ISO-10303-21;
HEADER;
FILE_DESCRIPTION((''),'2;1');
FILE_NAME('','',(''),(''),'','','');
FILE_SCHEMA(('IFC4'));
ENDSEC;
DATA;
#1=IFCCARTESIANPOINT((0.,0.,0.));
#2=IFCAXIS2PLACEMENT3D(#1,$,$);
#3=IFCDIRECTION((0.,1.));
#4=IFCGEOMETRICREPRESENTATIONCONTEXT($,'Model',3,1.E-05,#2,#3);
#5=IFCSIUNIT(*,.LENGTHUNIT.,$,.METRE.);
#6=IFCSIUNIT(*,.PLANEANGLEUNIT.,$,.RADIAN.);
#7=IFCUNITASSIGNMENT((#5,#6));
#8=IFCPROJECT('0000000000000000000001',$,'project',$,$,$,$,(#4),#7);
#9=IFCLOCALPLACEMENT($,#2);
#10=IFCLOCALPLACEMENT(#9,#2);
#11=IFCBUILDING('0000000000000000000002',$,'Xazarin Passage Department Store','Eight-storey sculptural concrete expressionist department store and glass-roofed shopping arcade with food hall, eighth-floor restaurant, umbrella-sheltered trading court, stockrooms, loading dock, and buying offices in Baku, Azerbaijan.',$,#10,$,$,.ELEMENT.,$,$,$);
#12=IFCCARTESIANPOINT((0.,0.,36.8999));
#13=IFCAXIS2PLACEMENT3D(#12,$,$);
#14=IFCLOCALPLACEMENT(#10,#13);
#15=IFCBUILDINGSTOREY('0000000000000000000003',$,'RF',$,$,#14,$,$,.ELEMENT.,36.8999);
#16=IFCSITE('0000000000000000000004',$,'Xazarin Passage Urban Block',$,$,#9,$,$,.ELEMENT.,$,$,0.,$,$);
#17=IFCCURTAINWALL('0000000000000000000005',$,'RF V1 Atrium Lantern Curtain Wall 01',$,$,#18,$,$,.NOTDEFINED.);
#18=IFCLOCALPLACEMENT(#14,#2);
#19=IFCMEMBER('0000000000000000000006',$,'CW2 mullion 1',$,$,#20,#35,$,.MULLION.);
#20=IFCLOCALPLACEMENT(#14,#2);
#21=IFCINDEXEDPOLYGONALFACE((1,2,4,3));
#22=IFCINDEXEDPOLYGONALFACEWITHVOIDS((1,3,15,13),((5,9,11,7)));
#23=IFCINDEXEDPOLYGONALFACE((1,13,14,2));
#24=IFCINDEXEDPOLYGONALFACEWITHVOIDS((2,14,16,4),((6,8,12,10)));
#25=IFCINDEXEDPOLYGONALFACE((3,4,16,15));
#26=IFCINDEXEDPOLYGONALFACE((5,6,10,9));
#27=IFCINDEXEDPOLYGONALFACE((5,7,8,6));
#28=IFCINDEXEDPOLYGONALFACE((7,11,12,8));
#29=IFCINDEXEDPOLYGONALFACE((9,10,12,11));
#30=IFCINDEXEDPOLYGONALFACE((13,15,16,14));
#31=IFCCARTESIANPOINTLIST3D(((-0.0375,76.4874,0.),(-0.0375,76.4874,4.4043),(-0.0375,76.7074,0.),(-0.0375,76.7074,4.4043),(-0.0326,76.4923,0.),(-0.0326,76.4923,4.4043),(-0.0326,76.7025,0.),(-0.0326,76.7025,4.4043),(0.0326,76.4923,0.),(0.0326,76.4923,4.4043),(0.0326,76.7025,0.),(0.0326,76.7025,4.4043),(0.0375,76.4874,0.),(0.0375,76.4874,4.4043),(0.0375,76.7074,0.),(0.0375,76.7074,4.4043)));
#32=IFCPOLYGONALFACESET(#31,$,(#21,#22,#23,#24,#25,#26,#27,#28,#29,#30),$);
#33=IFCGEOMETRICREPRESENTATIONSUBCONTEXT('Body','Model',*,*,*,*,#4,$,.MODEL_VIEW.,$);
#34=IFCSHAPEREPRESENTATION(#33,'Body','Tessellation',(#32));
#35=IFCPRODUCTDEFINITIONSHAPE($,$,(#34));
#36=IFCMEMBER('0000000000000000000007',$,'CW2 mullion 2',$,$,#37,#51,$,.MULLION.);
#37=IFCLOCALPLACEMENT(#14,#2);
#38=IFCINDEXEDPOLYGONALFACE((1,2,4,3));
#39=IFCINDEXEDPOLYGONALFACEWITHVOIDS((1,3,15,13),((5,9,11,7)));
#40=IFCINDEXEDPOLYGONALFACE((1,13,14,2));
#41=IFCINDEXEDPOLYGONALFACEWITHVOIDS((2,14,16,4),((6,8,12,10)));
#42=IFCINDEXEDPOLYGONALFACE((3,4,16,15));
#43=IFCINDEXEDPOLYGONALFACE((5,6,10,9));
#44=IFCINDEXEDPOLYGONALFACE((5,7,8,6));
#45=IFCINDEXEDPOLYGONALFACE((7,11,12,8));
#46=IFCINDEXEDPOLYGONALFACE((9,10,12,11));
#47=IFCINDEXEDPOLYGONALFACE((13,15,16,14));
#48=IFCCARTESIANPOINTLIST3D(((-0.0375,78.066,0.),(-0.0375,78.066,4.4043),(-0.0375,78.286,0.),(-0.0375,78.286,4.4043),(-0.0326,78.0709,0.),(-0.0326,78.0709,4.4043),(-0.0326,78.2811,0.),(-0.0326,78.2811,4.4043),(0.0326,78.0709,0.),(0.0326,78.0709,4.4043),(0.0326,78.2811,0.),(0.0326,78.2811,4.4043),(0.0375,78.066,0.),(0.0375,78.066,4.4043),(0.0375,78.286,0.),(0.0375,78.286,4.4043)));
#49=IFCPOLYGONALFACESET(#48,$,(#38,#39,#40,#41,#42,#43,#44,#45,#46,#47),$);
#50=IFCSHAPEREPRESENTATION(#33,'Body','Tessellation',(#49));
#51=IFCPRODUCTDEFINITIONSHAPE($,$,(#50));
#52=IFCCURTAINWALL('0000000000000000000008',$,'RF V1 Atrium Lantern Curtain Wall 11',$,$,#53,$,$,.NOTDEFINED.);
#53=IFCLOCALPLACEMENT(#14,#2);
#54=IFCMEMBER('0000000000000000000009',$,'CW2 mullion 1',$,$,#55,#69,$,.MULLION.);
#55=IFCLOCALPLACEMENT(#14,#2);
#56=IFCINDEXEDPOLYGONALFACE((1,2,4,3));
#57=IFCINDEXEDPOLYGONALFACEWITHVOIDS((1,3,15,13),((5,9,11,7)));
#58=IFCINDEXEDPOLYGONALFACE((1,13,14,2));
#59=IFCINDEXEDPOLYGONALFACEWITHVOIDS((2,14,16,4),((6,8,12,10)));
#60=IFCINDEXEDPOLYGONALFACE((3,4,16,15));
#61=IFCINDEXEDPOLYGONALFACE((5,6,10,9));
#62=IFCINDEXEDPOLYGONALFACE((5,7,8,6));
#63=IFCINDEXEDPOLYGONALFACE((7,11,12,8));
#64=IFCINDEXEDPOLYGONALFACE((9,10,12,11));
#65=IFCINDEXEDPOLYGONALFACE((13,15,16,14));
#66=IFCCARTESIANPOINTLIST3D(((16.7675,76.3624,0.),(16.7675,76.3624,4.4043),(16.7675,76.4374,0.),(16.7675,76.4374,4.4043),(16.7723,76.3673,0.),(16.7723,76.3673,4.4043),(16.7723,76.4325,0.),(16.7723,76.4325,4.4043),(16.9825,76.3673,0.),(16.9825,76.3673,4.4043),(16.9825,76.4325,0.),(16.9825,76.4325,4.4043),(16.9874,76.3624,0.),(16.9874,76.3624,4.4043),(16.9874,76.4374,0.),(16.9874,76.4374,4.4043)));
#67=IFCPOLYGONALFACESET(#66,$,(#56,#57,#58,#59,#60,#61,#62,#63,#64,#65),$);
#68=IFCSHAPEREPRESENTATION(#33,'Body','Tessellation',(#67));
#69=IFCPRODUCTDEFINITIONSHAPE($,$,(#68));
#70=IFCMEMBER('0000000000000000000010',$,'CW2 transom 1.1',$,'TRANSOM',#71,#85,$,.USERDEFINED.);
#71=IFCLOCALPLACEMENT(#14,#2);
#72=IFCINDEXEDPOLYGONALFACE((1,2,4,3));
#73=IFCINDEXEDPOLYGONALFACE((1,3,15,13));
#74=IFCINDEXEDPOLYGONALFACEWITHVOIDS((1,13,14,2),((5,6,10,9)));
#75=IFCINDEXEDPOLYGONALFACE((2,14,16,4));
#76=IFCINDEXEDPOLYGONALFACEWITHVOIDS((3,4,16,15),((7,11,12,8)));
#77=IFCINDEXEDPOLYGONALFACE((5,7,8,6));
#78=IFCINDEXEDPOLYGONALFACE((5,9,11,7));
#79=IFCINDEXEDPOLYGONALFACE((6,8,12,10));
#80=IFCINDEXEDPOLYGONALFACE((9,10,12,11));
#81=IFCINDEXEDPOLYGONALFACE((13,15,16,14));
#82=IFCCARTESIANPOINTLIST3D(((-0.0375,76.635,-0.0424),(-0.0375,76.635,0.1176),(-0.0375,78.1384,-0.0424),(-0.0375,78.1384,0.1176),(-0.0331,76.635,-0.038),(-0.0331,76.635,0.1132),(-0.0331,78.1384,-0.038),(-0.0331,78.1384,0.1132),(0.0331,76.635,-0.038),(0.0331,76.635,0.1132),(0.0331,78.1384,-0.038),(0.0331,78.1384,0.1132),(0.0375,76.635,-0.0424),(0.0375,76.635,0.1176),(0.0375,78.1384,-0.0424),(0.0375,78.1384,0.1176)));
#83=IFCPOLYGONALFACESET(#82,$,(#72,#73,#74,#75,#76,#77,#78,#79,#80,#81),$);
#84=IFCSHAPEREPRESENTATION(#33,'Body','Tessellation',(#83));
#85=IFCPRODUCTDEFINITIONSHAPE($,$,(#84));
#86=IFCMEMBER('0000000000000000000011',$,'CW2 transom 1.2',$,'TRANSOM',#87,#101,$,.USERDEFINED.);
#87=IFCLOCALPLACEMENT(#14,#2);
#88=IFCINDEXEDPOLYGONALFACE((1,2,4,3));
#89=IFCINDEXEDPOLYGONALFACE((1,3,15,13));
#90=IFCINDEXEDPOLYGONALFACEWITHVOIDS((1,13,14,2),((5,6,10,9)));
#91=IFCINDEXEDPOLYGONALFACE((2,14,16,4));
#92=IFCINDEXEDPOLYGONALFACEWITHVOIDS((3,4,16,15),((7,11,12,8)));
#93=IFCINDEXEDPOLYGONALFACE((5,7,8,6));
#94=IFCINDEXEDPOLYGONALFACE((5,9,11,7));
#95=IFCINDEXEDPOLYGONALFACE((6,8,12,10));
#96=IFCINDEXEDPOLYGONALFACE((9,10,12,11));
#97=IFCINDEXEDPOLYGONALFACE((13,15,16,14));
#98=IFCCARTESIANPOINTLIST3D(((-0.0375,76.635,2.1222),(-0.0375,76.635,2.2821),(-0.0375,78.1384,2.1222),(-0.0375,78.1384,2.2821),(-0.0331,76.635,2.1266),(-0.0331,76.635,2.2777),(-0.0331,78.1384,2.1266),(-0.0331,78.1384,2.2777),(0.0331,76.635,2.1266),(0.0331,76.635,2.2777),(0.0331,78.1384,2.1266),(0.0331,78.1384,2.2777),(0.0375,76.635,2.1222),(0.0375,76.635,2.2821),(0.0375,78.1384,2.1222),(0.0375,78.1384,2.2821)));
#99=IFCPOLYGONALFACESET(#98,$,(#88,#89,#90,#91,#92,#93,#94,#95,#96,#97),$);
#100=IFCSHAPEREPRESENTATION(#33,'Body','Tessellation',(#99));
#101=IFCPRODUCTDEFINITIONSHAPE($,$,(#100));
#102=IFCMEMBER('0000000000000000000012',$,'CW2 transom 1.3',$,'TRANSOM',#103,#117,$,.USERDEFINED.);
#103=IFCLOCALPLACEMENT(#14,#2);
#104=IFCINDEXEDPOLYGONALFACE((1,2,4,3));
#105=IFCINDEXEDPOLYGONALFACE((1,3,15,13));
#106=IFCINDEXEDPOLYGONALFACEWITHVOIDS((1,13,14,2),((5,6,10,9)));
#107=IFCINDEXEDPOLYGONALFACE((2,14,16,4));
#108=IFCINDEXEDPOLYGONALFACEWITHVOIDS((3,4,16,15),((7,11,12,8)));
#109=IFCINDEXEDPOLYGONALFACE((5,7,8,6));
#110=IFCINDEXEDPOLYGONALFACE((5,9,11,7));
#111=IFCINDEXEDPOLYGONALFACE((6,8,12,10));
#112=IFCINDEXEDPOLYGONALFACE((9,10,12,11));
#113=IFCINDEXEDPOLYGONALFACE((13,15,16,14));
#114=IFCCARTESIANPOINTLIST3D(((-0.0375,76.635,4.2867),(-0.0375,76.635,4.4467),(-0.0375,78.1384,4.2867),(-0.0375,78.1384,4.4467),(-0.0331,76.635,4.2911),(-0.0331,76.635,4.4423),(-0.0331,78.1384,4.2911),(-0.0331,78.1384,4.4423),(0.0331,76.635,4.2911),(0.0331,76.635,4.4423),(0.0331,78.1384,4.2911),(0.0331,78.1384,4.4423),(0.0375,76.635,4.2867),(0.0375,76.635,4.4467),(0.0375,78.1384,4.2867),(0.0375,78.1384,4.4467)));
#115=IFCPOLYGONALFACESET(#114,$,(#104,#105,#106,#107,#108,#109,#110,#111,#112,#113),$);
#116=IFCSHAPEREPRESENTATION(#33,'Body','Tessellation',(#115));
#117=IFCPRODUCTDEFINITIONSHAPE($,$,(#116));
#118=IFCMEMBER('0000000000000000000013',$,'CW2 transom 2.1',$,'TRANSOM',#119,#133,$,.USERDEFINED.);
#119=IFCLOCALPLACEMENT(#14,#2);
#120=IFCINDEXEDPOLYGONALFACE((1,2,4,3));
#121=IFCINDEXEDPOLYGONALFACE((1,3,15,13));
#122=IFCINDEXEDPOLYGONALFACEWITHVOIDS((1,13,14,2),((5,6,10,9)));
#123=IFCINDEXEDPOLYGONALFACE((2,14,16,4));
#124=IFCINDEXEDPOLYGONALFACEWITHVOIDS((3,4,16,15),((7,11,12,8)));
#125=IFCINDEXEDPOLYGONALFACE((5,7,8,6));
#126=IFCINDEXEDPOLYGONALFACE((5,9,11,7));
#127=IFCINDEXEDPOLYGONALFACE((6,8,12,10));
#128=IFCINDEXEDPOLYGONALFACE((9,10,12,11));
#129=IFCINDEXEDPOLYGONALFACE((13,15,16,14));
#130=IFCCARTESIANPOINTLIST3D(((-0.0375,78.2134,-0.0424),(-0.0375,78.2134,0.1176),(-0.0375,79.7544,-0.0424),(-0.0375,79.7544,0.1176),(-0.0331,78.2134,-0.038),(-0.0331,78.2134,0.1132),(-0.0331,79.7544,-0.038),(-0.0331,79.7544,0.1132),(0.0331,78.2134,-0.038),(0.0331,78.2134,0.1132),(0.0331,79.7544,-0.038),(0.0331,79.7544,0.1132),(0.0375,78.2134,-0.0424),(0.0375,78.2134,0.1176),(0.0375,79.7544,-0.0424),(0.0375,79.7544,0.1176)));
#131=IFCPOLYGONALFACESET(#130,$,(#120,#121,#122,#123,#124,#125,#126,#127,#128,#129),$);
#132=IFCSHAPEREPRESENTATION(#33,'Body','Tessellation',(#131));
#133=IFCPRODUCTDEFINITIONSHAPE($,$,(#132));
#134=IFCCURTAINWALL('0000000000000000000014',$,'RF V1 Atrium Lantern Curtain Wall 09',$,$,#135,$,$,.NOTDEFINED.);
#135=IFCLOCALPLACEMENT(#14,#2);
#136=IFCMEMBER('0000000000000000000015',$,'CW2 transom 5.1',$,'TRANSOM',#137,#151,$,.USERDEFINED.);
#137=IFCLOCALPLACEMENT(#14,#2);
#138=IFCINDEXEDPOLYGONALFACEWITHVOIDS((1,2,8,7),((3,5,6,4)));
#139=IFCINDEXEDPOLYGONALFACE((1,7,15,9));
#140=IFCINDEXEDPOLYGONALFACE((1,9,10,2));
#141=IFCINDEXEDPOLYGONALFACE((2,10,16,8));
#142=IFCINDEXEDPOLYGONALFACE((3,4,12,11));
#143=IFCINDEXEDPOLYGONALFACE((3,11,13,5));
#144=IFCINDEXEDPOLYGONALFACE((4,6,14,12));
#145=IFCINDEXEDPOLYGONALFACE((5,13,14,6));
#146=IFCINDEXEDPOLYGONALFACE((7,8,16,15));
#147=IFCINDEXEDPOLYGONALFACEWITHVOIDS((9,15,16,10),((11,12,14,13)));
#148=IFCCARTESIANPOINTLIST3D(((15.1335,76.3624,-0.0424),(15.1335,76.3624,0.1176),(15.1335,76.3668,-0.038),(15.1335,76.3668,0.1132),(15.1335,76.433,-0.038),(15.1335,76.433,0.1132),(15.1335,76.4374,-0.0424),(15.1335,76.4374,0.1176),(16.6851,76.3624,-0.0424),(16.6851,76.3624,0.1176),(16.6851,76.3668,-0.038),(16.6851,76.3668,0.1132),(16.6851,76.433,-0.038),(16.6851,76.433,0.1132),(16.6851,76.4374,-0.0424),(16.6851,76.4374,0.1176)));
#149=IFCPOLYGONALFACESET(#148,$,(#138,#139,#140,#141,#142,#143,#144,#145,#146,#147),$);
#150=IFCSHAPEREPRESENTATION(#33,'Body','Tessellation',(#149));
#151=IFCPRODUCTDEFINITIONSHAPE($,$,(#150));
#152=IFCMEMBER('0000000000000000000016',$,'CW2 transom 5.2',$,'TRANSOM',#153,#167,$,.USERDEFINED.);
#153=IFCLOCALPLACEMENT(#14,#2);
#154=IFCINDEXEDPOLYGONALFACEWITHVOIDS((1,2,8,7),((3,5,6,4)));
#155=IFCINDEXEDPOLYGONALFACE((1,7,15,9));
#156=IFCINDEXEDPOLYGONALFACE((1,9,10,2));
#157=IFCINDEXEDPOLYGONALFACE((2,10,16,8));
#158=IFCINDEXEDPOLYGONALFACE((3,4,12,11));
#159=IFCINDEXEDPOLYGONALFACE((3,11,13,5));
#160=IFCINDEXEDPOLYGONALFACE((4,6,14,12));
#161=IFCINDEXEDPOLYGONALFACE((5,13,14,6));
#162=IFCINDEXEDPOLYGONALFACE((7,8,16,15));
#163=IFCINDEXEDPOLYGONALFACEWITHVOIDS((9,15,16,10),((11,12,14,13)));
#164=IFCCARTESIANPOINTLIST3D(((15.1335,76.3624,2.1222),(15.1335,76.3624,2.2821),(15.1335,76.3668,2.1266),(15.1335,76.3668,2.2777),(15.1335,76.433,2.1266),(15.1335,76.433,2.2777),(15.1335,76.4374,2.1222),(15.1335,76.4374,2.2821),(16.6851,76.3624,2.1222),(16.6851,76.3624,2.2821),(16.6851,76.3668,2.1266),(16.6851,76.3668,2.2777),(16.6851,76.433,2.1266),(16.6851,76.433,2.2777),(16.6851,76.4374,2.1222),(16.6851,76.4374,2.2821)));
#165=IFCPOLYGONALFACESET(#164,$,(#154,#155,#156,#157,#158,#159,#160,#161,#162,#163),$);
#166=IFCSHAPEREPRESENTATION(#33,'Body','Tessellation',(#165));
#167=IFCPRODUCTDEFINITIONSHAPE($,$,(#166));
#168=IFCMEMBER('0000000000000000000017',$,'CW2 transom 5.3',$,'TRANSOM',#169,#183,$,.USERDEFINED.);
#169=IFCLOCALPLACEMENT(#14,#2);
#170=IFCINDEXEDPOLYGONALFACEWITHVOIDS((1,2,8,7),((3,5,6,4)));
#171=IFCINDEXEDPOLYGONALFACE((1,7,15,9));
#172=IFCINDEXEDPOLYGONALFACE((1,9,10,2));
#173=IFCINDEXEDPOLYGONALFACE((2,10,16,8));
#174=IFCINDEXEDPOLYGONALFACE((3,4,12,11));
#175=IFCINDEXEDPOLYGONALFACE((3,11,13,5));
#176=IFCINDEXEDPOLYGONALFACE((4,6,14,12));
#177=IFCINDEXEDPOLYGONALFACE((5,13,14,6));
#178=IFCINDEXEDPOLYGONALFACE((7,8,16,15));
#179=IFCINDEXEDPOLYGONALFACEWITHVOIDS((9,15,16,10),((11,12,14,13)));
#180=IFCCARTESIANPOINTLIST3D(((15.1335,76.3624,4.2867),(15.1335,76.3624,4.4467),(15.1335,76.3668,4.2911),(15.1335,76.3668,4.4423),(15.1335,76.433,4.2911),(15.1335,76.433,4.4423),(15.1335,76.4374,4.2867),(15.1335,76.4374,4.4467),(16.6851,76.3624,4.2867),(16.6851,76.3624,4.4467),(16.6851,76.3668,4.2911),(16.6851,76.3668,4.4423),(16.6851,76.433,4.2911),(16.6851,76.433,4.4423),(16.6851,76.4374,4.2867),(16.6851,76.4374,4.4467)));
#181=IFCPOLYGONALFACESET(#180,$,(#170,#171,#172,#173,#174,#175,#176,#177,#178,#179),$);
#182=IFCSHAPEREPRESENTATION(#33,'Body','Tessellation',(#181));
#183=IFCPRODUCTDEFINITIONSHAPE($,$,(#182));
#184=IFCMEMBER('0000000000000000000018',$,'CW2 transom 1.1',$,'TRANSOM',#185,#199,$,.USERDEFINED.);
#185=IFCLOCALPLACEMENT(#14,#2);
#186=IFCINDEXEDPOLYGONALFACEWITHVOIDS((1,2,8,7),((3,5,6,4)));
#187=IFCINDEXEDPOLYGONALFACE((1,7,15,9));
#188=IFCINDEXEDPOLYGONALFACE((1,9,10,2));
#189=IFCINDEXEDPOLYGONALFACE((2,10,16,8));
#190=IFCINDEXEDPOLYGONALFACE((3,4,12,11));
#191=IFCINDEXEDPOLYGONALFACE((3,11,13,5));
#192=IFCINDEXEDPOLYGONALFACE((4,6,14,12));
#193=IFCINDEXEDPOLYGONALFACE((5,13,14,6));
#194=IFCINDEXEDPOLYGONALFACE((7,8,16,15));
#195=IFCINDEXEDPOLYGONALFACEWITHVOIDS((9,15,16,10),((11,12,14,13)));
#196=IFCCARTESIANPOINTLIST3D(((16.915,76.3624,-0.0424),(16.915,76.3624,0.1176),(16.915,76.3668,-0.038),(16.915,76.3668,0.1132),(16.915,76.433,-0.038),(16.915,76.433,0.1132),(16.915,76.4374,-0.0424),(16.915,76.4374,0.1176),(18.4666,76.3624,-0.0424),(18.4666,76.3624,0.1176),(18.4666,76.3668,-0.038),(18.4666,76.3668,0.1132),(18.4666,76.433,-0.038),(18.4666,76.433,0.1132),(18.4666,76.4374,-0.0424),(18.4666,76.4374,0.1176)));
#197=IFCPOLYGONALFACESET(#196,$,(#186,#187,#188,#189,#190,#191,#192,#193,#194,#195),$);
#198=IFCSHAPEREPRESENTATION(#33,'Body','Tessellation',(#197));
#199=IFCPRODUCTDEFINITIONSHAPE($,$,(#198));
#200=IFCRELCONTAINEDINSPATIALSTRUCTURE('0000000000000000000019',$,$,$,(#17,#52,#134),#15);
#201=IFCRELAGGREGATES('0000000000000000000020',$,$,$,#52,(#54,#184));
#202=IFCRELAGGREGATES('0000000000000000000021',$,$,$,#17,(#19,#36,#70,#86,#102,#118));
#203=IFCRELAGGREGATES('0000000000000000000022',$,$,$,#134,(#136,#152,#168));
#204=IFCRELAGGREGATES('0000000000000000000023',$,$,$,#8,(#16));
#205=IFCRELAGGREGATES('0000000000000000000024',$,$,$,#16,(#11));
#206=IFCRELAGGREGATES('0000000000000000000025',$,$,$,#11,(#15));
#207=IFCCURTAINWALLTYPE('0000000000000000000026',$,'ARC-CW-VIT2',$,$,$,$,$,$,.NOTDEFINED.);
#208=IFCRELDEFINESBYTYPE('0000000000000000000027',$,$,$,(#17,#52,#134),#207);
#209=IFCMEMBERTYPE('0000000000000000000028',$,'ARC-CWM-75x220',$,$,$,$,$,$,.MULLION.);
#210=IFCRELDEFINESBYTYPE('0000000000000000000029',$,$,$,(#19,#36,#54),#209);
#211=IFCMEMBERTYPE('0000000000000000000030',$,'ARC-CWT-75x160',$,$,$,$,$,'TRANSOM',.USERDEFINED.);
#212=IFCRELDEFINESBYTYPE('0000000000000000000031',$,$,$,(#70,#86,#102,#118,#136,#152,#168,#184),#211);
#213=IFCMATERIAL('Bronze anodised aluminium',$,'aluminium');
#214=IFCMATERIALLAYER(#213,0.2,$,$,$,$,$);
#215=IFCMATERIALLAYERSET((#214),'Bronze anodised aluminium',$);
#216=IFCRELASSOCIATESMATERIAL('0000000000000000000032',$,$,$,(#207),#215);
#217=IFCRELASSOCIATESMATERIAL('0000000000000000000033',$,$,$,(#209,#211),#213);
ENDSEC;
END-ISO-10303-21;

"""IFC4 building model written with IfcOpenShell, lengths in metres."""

from ifc_helpers import new_model, si_unit, direction, frame, origin, origin_2d, place, context, subcontext, project, spatial, hollow_rectangle, extrude, material, layer, layer_set, material_profile, profile_set, type_object, element, aggregate, save


model = new_model("IFC4")

# Units and contexts
model_context = context("Model", 3, precision=1e-05, world=origin(), true_north=direction((0.0, 1.0)))
body_context = subcontext(model_context, "Body", "Model", "MODEL_VIEW")
ifc_project = project(units=[si_unit("LENGTHUNIT", "METRE"), si_unit("PLANEANGLEUNIT", "RADIAN")], contexts=[model_context])

# Site, building, storey
site_placement = place(None, origin())
site = spatial("IfcSite", under=ifc_project, at=site_placement, Name="Xazarin Passage Urban Block", CompositionType="ELEMENT", RefElevation=0.0)
building_placement = place(site_placement, origin())
building = spatial("IfcBuilding", under=site, at=building_placement, Name="Xazarin Passage Department Store", Description="Eight-storey sculptural concrete expressionist department store and glass-roofed shopping arcade with food hall, eighth-floor restaurant, umbrella-sheltered trading court, stockrooms, loading dock, and buying offices in Baku, Azerbaijan.", CompositionType="ELEMENT")
storey_placement = place(building_placement, frame((0.0, 0.0, 36.8999)))
storey = spatial("IfcBuildingStorey", under=building, at=storey_placement, Name="RF", CompositionType="ELEMENT", Elevation=36.8999)

# Curtain wall, members
ifc_material_1 = material(Name="Bronze anodised aluminium", Category="aluminium")
ifc_layer_1 = layer(ifc_material_1, 0.2)
ifc_layer_set_1 = layer_set([ifc_layer_1], Name="Bronze anodised aluminium")
curtain_wall_type = type_object("IfcCurtainWallType", Name="ARC-CW-VIT2", PredefinedType="NOTDEFINED", material=ifc_layer_set_1)
curtain_wall_1_placement = place(storey_placement, origin())
curtain_wall_1 = element("IfcCurtainWall", 1, at=curtain_wall_1_placement, inside=storey, type_object=curtain_wall_type, Name="RF V1 Atrium Lantern Curtain Wall 01", PredefinedType="NOTDEFINED")
ifc_material_profile_1 = material_profile(ifc_material_1, hollow_rectangle(XDim=0.075, YDim=0.22, WallThickness=0.0049, at=origin_2d()), Name="ALU 75x220")
ifc_profile_set_1 = profile_set([ifc_material_profile_1], Name="Bronze anodised aluminium")
member_type_1 = type_object("IfcMemberType", Name="ARC-CWM-75x220", PredefinedType="MULLION", material=ifc_profile_set_1)
member_1_placement = place(storey_placement, frame((0.0, 76.5974, 0.0), z_axis=(0.0, 0.0, 1.0), x_axis=(-1.0, 0.0, 0.0)))
member_1 = element("IfcMember", 2, at=member_1_placement, type_object=member_type_1, Name="CW2 mullion 1", PredefinedType="MULLION", context=body_context, shape_type="SweptSolid", body=[
    extrude(hollow_rectangle(XDim=0.075, YDim=0.22, WallThickness=0.0049, at=origin_2d()), origin(), (0.0, 0.0, 1.0), 4.4043),
])
member_2_placement = place(storey_placement, frame((0.0, 78.176, 0.0), z_axis=(0.0, 0.0, 1.0), x_axis=(-1.0, 0.0, 0.0)))
member_2 = element("IfcMember", 3, at=member_2_placement, type_object=member_type_1, Name="CW2 mullion 2", PredefinedType="MULLION", context=body_context, shape_type="SweptSolid", body=[
    extrude(hollow_rectangle(XDim=0.075, YDim=0.22, WallThickness=0.0049, at=origin_2d()), origin(), (0.0, 0.0, 1.0), 4.4043),
])

# Curtain wall, member
curtain_wall_2_placement = place(storey_placement, origin())
curtain_wall_2 = element("IfcCurtainWall", 4, at=curtain_wall_2_placement, inside=storey, type_object=curtain_wall_type, Name="RF V1 Atrium Lantern Curtain Wall 11", PredefinedType="NOTDEFINED")
member_3_placement = place(storey_placement, frame((16.8774, 76.3999, 0.0), z_axis=(0.0, 0.0, 1.0), x_axis=(0.0, 1.0, 0.0)))
member_3 = element("IfcMember", 5, at=member_3_placement, type_object=member_type_1, Name="CW2 mullion 1", PredefinedType="MULLION", context=body_context, shape_type="SweptSolid", body=[
    extrude(hollow_rectangle(XDim=0.075, YDim=0.22, WallThickness=0.0049, at=origin_2d()), origin(), (0.0, 0.0, 1.0), 4.4043),
])

# Members
ifc_material_profile_2 = material_profile(ifc_material_1, hollow_rectangle(XDim=0.075, YDim=0.1599, WallThickness=0.0044, at=origin_2d()), Name="ALU 75x160")
ifc_profile_set_2 = profile_set([ifc_material_profile_2], Name="Bronze anodised aluminium")
member_type_2 = type_object("IfcMemberType", Name="ARC-CWT-75x160", ElementType="TRANSOM", PredefinedType="USERDEFINED", material=ifc_profile_set_2)
member_4_placement = place(storey_placement, frame((0.0, 76.635, 0.0376), z_axis=(0.0, 1.0, 0.0), x_axis=(-1.0, 0.0, 0.0)))
member_4 = element("IfcMember", 6, at=member_4_placement, type_object=member_type_2, Name="CW2 transom 1.1", ObjectType="TRANSOM", PredefinedType="USERDEFINED", context=body_context, shape_type="SweptSolid", body=[
    extrude(hollow_rectangle(XDim=0.075, YDim=0.1599, WallThickness=0.0044, at=origin_2d()), origin(), (0.0, 0.0, 1.0), 1.5034),
])
member_5_placement = place(storey_placement, frame((0.0, 76.635, 2.2021), z_axis=(0.0, 1.0, 0.0), x_axis=(-1.0, 0.0, 0.0)))
member_5 = element("IfcMember", 7, at=member_5_placement, type_object=member_type_2, Name="CW2 transom 1.2", ObjectType="TRANSOM", PredefinedType="USERDEFINED", context=body_context, shape_type="SweptSolid", body=[
    extrude(hollow_rectangle(XDim=0.075, YDim=0.1599, WallThickness=0.0044, at=origin_2d()), origin(), (0.0, 0.0, 1.0), 1.5034),
])
member_6_placement = place(storey_placement, frame((0.0, 76.635, 4.3667), z_axis=(0.0, 1.0, 0.0), x_axis=(-1.0, 0.0, 0.0)))
member_6 = element("IfcMember", 8, at=member_6_placement, type_object=member_type_2, Name="CW2 transom 1.3", ObjectType="TRANSOM", PredefinedType="USERDEFINED", context=body_context, shape_type="SweptSolid", body=[
    extrude(hollow_rectangle(XDim=0.075, YDim=0.1599, WallThickness=0.0044, at=origin_2d()), origin(), (0.0, 0.0, 1.0), 1.5034),
])
member_7_placement = place(storey_placement, frame((0.0, 78.2134, 0.0376), z_axis=(0.0, 1.0, 0.0), x_axis=(-1.0, 0.0, 0.0)))
member_7 = element("IfcMember", 9, at=member_7_placement, type_object=member_type_2, Name="CW2 transom 2.1", ObjectType="TRANSOM", PredefinedType="USERDEFINED", context=body_context, shape_type="SweptSolid", body=[
    extrude(hollow_rectangle(XDim=0.075, YDim=0.1599, WallThickness=0.0044, at=origin_2d()), origin(), (0.0, 0.0, 1.0), 1.541),
])

# Curtain wall, members
curtain_wall_3_placement = place(storey_placement, origin())
curtain_wall_3 = element("IfcCurtainWall", 10, at=curtain_wall_3_placement, inside=storey, type_object=curtain_wall_type, Name="RF V1 Atrium Lantern Curtain Wall 09", PredefinedType="NOTDEFINED")
member_8_placement = place(storey_placement, frame((15.1335, 76.3999, 0.0376), z_axis=(1.0, 0.0, 0.0), x_axis=(0.0, 1.0, 0.0)))
member_8 = element("IfcMember", 11, at=member_8_placement, type_object=member_type_2, Name="CW2 transom 5.1", ObjectType="TRANSOM", PredefinedType="USERDEFINED", context=body_context, shape_type="SweptSolid", body=[
    extrude(hollow_rectangle(XDim=0.075, YDim=0.1599, WallThickness=0.0044, at=origin_2d()), origin(), (0.0, 0.0, 1.0), 1.5515),
])
member_9_placement = place(storey_placement, frame((15.1335, 76.3999, 2.2021), z_axis=(1.0, 0.0, 0.0), x_axis=(0.0, 1.0, 0.0)))
member_9 = element("IfcMember", 12, at=member_9_placement, type_object=member_type_2, Name="CW2 transom 5.2", ObjectType="TRANSOM", PredefinedType="USERDEFINED", context=body_context, shape_type="SweptSolid", body=[
    extrude(hollow_rectangle(XDim=0.075, YDim=0.1599, WallThickness=0.0044, at=origin_2d()), origin(), (0.0, 0.0, 1.0), 1.5515),
])
member_10_placement = place(storey_placement, frame((15.1335, 76.3999, 4.3667), z_axis=(1.0, 0.0, 0.0), x_axis=(0.0, 1.0, 0.0)))
member_10 = element("IfcMember", 13, at=member_10_placement, type_object=member_type_2, Name="CW2 transom 5.3", ObjectType="TRANSOM", PredefinedType="USERDEFINED", context=body_context, shape_type="SweptSolid", body=[
    extrude(hollow_rectangle(XDim=0.075, YDim=0.1599, WallThickness=0.0044, at=origin_2d()), origin(), (0.0, 0.0, 1.0), 1.5515),
])

# Member
member_11_placement = place(storey_placement, frame((16.915, 76.3999, 0.0376), z_axis=(1.0, 0.0, 0.0), x_axis=(0.0, 1.0, 0.0)))
member_11 = element("IfcMember", 14, at=member_11_placement, type_object=member_type_2, Name="CW2 transom 1.1", ObjectType="TRANSOM", PredefinedType="USERDEFINED", context=body_context, shape_type="SweptSolid", body=[
    extrude(hollow_rectangle(XDim=0.075, YDim=0.1599, WallThickness=0.0044, at=origin_2d()), origin(), (0.0, 0.0, 1.0), 1.5515),
])
aggregate(curtain_wall_2, [member_3, member_11])

aggregate(curtain_wall_1, [member_1, member_2, member_4, member_5, member_6, member_7])
aggregate(curtain_wall_3, [member_8, member_9, member_10])

save(model, "model.ifc")
